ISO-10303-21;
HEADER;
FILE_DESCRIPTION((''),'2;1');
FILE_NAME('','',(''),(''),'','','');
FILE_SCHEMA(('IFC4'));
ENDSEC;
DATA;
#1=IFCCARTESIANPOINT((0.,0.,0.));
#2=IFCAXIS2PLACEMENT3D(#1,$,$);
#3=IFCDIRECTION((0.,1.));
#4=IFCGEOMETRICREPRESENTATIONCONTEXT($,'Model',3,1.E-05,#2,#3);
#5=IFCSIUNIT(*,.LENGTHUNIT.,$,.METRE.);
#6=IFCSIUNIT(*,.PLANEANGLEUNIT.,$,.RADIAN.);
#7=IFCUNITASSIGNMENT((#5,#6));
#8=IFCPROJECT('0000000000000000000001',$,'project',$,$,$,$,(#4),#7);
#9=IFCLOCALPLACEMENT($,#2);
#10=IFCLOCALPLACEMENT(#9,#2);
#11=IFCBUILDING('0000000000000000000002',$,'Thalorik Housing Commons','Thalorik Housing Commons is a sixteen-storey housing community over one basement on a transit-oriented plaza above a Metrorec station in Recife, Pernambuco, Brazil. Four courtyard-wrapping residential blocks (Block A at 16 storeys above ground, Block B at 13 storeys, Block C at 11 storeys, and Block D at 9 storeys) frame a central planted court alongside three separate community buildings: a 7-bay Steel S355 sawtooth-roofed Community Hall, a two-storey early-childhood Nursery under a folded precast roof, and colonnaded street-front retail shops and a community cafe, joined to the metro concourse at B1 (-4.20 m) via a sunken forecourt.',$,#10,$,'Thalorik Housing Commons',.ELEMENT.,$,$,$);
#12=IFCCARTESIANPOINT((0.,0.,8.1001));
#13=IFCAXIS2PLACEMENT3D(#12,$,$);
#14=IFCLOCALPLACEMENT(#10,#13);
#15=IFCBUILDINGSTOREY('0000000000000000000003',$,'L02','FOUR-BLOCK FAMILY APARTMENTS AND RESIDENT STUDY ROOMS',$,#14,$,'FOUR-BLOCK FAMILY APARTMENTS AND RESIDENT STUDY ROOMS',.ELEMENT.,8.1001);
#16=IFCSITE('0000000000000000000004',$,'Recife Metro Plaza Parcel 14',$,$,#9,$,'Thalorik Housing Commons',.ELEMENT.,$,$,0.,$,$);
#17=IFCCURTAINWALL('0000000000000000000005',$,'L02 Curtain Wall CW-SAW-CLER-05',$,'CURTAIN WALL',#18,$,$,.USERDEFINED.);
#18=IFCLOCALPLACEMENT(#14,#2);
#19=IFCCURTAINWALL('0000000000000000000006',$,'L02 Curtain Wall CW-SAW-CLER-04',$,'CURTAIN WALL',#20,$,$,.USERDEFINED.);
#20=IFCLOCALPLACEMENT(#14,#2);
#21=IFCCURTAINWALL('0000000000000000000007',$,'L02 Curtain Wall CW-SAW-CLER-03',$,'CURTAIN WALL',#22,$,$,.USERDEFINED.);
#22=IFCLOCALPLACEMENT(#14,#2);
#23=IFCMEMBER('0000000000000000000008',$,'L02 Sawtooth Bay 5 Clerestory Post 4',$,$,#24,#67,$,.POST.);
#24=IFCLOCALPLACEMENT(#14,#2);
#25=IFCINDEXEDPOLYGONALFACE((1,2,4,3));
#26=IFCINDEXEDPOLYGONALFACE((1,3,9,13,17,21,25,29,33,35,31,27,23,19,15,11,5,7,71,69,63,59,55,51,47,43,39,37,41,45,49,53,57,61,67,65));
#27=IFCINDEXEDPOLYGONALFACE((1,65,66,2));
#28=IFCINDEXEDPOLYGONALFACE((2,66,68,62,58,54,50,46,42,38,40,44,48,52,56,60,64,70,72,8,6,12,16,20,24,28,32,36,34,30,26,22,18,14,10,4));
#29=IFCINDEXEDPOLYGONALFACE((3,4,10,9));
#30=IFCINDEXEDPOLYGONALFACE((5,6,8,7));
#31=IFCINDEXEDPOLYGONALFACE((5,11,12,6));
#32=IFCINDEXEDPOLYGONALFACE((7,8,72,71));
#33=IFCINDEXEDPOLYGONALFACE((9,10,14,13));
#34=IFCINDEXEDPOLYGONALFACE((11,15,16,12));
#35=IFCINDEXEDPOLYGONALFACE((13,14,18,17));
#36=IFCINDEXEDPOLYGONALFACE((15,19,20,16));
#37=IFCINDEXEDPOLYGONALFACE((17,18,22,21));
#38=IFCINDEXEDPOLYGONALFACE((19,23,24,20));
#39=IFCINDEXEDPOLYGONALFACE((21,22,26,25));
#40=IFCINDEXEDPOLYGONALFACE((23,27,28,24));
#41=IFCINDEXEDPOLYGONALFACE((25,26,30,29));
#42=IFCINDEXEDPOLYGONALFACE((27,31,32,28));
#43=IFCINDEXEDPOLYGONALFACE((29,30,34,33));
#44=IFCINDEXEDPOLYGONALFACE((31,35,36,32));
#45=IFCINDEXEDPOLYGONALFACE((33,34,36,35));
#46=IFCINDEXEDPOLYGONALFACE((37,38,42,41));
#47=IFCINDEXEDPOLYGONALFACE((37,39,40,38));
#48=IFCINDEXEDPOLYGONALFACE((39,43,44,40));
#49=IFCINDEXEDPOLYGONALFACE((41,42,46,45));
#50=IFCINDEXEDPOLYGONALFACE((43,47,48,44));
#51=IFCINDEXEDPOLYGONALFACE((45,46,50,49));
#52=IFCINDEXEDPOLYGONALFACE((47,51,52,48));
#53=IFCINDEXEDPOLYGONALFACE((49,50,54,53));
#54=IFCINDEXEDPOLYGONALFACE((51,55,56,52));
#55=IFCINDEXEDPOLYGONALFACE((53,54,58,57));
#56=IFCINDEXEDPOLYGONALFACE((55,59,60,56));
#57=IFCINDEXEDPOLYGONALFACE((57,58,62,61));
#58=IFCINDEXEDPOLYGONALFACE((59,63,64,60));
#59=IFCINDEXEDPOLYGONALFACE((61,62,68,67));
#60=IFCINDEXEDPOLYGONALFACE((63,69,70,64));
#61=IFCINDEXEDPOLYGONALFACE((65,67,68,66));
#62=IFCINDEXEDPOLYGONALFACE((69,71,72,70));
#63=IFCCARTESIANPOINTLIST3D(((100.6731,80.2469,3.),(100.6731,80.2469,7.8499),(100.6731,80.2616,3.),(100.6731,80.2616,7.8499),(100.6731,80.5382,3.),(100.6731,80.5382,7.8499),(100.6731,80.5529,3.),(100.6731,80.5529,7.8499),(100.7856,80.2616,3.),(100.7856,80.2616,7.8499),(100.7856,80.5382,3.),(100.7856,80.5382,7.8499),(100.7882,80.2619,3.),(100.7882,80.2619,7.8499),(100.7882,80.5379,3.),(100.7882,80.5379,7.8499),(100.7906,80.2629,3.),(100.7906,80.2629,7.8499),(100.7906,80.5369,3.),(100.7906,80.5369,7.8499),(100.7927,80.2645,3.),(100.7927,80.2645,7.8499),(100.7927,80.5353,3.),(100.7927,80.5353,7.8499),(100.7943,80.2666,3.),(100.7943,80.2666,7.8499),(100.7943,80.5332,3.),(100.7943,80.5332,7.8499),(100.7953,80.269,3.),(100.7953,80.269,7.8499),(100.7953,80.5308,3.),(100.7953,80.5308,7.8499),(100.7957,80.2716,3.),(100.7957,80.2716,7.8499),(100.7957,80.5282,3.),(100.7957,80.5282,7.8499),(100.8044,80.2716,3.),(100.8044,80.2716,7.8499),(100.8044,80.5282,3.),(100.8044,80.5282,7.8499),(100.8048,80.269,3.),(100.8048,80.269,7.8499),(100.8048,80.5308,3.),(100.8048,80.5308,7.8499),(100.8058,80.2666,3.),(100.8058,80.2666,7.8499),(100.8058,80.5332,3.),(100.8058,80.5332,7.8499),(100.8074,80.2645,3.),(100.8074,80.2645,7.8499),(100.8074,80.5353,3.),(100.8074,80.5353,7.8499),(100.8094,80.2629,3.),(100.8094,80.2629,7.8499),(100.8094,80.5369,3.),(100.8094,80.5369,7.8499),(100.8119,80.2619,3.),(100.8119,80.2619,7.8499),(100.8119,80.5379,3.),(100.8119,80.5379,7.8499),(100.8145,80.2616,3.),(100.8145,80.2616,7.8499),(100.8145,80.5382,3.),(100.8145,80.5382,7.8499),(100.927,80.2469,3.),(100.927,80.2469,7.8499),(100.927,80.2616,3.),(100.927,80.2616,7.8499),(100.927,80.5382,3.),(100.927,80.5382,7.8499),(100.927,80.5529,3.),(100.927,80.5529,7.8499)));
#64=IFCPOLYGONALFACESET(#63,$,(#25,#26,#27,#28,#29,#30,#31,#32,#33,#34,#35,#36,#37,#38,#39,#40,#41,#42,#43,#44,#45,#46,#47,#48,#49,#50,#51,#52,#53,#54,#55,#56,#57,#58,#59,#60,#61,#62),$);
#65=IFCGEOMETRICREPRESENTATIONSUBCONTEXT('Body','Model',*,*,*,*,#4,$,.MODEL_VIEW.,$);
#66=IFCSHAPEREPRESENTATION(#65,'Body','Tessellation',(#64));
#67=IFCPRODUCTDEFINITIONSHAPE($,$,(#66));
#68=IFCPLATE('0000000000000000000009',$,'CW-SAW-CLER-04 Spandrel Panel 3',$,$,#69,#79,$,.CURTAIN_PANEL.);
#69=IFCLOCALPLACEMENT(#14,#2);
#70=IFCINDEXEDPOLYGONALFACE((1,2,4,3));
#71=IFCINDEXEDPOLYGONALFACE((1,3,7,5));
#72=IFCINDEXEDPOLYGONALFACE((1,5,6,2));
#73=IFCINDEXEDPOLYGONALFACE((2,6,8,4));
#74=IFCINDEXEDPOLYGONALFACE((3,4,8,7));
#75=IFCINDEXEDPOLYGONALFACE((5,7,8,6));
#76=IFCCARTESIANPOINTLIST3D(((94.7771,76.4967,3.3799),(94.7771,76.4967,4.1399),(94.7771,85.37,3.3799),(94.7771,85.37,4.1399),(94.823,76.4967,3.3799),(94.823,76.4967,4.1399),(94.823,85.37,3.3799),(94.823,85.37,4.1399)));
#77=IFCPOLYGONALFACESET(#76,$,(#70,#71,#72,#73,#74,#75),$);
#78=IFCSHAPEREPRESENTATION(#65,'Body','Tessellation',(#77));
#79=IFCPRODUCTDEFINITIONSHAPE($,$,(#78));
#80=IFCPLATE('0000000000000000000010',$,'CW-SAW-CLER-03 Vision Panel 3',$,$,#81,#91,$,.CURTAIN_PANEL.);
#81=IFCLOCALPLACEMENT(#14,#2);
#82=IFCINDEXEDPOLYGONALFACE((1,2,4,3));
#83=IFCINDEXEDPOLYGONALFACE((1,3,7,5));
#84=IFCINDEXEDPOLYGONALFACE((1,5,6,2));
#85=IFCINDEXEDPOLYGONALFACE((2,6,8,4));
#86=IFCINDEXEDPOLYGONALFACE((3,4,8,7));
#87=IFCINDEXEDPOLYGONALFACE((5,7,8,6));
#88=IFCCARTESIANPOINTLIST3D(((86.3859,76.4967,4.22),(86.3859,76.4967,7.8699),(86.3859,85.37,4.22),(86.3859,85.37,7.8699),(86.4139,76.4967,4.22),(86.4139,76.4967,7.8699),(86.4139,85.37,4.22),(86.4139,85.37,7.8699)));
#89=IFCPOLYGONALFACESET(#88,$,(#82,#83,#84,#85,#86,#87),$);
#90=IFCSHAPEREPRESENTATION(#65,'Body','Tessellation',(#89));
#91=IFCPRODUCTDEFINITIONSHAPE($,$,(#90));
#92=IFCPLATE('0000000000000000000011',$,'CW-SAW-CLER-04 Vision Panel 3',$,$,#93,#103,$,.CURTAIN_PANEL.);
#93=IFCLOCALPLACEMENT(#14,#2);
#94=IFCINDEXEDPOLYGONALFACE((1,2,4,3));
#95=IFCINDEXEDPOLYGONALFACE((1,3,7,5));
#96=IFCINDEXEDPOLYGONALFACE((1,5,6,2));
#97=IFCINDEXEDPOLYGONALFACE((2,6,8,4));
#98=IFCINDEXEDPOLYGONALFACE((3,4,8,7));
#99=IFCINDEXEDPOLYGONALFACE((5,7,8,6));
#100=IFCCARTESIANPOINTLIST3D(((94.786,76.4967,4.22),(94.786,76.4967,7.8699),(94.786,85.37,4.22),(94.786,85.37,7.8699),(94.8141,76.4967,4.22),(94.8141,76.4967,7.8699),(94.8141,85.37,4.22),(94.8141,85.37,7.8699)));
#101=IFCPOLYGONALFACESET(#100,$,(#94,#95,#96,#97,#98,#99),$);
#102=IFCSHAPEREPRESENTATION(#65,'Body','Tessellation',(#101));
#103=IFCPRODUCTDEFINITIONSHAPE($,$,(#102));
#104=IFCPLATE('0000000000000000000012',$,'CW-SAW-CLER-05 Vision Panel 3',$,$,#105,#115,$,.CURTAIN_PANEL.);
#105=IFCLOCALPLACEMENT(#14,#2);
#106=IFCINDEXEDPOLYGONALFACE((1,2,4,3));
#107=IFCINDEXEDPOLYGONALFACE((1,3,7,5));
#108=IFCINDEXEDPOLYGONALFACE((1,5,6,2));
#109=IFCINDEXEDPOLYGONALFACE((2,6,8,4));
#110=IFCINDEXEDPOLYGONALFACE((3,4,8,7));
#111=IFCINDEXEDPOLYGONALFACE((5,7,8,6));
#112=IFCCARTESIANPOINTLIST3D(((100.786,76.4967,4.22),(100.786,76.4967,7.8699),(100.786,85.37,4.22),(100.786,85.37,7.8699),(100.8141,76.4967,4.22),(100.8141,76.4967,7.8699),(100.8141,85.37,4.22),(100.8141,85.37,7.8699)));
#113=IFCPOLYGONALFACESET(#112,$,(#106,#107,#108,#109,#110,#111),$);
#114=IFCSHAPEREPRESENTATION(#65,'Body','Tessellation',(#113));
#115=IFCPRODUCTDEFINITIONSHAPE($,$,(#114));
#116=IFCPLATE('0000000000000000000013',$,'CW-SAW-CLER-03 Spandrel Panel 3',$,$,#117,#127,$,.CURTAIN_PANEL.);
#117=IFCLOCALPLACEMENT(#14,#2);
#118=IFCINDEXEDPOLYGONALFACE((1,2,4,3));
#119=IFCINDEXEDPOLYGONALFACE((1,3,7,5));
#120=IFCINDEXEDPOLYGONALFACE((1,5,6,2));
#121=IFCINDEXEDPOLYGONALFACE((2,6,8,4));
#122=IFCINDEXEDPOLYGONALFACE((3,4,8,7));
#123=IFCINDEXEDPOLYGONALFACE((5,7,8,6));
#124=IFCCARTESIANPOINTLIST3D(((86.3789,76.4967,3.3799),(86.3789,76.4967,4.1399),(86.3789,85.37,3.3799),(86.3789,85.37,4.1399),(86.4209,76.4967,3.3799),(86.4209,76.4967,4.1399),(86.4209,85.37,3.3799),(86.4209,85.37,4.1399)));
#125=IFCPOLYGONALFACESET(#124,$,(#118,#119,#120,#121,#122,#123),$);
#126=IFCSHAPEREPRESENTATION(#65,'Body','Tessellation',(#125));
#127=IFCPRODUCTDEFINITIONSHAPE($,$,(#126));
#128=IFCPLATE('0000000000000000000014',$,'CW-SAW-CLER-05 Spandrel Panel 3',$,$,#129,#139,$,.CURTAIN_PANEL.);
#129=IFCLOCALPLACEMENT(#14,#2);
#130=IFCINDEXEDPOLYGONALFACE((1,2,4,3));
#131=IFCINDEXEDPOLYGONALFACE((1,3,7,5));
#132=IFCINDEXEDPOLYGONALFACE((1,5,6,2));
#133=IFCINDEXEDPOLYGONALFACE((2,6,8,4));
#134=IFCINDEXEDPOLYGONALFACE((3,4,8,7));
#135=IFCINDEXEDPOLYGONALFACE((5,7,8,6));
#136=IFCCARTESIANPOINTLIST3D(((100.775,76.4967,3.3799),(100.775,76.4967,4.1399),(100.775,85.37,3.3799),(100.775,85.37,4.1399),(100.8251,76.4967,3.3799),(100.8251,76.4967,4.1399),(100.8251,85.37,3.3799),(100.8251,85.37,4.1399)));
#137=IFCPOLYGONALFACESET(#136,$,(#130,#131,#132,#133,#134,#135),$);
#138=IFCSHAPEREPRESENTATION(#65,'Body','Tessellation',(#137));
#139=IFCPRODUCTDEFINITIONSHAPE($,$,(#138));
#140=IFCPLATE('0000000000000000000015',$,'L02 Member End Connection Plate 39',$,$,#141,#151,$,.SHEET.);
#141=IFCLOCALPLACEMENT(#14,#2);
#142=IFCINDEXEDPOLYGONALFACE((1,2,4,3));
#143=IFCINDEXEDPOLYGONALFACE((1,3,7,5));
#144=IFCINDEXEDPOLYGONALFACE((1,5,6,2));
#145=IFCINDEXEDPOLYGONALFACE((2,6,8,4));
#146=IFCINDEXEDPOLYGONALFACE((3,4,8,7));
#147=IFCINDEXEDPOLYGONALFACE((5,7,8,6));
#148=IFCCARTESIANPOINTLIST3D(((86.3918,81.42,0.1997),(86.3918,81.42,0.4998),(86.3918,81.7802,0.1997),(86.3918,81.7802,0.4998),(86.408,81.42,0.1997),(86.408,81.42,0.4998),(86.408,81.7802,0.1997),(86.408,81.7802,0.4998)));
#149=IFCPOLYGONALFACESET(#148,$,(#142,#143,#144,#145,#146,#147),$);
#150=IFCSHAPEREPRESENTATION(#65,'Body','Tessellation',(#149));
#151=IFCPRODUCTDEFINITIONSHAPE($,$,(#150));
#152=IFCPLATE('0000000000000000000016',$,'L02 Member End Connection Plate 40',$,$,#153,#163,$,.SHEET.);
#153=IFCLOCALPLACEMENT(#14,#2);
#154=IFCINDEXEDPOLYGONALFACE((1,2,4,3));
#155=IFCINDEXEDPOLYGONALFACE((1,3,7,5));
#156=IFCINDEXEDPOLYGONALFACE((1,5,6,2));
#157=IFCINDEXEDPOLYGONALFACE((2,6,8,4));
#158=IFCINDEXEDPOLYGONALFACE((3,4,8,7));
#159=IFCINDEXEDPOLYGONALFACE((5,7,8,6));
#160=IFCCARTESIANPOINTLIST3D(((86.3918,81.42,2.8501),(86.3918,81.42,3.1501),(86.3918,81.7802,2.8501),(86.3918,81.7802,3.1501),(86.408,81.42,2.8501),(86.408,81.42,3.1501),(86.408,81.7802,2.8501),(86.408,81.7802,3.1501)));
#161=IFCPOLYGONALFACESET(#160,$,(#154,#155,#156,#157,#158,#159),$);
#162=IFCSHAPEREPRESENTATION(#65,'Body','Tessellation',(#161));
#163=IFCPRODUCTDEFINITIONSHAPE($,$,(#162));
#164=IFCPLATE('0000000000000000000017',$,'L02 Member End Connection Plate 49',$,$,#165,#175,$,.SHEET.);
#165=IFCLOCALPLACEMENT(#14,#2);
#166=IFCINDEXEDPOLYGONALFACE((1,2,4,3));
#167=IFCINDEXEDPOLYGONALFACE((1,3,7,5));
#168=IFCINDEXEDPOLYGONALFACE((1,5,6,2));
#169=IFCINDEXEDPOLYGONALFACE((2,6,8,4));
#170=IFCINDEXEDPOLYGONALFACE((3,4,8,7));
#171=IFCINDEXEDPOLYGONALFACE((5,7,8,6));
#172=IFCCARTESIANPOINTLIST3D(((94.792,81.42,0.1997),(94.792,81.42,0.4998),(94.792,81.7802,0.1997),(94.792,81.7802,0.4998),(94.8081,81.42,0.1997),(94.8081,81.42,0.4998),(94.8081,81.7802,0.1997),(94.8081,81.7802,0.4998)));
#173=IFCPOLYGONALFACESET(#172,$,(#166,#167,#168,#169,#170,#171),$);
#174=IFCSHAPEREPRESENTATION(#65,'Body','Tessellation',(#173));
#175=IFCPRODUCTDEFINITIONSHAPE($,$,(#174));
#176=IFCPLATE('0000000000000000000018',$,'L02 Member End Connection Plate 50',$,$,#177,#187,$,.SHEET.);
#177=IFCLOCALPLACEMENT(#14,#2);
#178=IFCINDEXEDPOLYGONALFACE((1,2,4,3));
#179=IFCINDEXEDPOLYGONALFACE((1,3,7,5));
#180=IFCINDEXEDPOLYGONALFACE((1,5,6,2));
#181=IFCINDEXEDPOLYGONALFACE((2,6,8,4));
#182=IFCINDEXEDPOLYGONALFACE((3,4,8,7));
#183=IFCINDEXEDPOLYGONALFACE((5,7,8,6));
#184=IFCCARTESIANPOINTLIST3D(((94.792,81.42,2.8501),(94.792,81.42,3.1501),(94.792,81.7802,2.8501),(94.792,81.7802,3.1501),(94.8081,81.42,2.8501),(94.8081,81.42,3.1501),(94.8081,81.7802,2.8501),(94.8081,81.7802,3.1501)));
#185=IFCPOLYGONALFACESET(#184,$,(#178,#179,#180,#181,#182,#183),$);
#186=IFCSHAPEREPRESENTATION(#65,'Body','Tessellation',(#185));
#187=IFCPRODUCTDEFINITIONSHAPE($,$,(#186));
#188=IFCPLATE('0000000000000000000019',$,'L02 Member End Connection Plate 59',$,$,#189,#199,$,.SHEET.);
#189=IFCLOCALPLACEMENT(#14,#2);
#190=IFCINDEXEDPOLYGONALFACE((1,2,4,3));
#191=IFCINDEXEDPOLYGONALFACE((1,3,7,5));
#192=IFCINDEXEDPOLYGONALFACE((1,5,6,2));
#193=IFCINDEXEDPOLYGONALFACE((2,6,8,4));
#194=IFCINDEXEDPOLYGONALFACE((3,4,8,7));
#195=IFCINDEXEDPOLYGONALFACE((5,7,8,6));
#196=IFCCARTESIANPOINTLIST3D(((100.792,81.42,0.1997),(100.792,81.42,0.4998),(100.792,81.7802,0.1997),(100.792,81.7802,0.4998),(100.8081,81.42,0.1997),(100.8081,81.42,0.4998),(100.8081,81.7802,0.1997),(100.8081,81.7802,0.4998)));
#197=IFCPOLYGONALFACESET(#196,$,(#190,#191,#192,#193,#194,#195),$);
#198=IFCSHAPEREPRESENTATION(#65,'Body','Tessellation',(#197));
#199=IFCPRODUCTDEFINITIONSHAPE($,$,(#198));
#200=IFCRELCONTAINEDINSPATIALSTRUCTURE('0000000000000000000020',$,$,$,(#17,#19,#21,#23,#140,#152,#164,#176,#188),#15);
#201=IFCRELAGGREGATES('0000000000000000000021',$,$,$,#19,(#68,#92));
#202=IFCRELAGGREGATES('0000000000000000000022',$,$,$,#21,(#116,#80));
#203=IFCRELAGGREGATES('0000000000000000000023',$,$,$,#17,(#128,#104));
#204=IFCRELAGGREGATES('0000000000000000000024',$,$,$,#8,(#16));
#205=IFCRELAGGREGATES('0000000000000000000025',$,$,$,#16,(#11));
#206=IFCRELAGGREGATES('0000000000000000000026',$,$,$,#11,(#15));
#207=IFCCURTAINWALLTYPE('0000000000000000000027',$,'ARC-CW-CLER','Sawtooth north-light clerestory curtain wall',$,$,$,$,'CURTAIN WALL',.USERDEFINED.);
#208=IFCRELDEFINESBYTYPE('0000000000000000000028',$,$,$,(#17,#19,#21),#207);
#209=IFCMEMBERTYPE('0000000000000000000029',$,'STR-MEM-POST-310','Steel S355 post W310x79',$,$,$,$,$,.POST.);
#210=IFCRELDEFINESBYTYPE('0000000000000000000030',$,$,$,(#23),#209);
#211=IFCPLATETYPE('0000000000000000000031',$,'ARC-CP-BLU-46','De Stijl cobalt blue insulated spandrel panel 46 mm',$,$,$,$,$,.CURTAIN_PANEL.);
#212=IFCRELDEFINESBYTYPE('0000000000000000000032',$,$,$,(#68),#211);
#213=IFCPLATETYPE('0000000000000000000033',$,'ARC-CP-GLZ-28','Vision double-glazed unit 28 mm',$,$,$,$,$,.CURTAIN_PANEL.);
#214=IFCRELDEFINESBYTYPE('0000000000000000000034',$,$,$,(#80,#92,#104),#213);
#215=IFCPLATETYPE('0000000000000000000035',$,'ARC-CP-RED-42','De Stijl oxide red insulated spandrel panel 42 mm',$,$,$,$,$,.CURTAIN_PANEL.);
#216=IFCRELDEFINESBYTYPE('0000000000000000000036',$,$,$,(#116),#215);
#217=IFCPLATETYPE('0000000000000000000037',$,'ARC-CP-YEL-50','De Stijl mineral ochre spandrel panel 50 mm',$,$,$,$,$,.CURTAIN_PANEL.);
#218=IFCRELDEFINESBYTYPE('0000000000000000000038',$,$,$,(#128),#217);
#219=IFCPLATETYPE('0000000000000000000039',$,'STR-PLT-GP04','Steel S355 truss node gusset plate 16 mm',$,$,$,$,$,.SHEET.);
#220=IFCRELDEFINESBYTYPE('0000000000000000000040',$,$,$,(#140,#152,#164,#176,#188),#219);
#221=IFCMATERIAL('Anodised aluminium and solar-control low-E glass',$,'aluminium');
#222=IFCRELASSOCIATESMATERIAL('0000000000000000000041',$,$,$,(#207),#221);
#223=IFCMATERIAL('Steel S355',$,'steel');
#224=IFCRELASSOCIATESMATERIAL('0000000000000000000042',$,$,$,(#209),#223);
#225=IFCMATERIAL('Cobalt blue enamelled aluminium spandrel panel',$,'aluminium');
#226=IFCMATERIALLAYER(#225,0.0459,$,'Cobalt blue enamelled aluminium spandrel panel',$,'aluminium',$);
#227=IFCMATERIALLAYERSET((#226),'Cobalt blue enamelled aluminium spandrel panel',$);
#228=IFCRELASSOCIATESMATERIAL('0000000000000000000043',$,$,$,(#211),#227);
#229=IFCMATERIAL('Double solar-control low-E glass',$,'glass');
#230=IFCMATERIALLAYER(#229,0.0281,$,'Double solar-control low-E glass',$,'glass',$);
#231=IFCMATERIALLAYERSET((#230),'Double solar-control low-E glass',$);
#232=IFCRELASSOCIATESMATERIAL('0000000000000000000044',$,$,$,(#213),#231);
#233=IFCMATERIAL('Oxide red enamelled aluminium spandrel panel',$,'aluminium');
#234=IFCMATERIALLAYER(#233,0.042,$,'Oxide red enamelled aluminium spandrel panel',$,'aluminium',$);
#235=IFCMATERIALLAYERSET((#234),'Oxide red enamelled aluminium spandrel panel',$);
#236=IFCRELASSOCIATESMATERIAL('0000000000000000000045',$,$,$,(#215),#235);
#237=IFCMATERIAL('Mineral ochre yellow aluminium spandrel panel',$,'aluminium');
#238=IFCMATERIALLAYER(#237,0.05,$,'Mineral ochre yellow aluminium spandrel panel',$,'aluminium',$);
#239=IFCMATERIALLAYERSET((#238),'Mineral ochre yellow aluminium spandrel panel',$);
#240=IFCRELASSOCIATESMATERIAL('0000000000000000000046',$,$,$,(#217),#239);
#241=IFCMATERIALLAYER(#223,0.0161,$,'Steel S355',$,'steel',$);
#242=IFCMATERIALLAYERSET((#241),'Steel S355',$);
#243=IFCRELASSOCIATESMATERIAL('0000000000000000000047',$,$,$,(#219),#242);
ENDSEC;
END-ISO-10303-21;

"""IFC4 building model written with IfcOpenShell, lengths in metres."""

from ifc_helpers import new_model, si_unit, direction, frame, origin, origin_2d, place, context, subcontext, project, spatial, rectangle, i_section, extrude, material, layer, layer_set, material_profile, profile_set, type_object, element, aggregate, save


model = new_model("IFC4")

# Units and contexts
model_context = context("Model", 3, precision=1e-05, world=origin(), true_north=direction((0.0, 1.0)))
body_context = subcontext(model_context, "Body", "Model", "MODEL_VIEW")
ifc_project = project(units=[si_unit("LENGTHUNIT", "METRE"), si_unit("PLANEANGLEUNIT", "RADIAN")], contexts=[model_context])

# Site, building, storey
site_placement = place(None, origin())
site = spatial("IfcSite", under=ifc_project, at=site_placement, Name="Recife Metro Plaza Parcel 14", LongName="Thalorik Housing Commons", CompositionType="ELEMENT", RefElevation=0.0)
building_placement = place(site_placement, origin())
building = spatial("IfcBuilding", under=site, at=building_placement, Name="Thalorik Housing Commons", Description="Thalorik Housing Commons is a sixteen-storey housing community over one basement on a transit-oriented plaza above a Metrorec station in Recife, Pernambuco, Brazil. Four courtyard-wrapping residential blocks (Block A at 16 storeys above ground, Block B at 13 storeys, Block C at 11 storeys, and Block D at 9 storeys) frame a central planted court alongside three separate community buildings: a 7-bay Steel S355 sawtooth-roofed Community Hall, a two-storey early-childhood Nursery under a folded precast roof, and colonnaded street-front retail shops and a community cafe, joined to the metro concourse at B1 (-4.20 m) via a sunken forecourt.", LongName="Thalorik Housing Commons", CompositionType="ELEMENT")
storey_placement = place(building_placement, frame((0.0, 0.0, 8.1001)))
storey = spatial("IfcBuildingStorey", under=building, at=storey_placement, Name="L02", Description="FOUR-BLOCK FAMILY APARTMENTS AND RESIDENT STUDY ROOMS", LongName="FOUR-BLOCK FAMILY APARTMENTS AND RESIDENT STUDY ROOMS", CompositionType="ELEMENT", Elevation=8.1001)

# Curtain walls
ifc_material_1 = material(Name="Anodised aluminium and solar-control low-E glass", Category="aluminium")
curtain_wall_type = type_object("IfcCurtainWallType", Name="ARC-CW-CLER", Description="Sawtooth north-light clerestory curtain wall", ElementType="CURTAIN WALL", PredefinedType="USERDEFINED", material=ifc_material_1)
curtain_wall_1_placement = place(storey_placement, origin())
curtain_wall_1 = element("IfcCurtainWall", 1, at=curtain_wall_1_placement, inside=storey, type_object=curtain_wall_type, Name="L02 Curtain Wall CW-SAW-CLER-05", ObjectType="CURTAIN WALL", PredefinedType="USERDEFINED")
curtain_wall_2_placement = place(storey_placement, origin())
curtain_wall_2 = element("IfcCurtainWall", 2, at=curtain_wall_2_placement, inside=storey, type_object=curtain_wall_type, Name="L02 Curtain Wall CW-SAW-CLER-04", ObjectType="CURTAIN WALL", PredefinedType="USERDEFINED")
curtain_wall_3_placement = place(storey_placement, origin())
curtain_wall_3 = element("IfcCurtainWall", 3, at=curtain_wall_3_placement, inside=storey, type_object=curtain_wall_type, Name="L02 Curtain Wall CW-SAW-CLER-03", ObjectType="CURTAIN WALL", PredefinedType="USERDEFINED")

# Shared definitions
ifc_material_2 = material(Name="Steel S355", Category="steel")

# Member
ifc_material_profile_1 = material_profile(ifc_material_2, i_section(OverallWidth=0.2539, OverallDepth=0.3059, WebThickness=0.0088, FlangeThickness=0.0146, FilletRadius=0.01, at=origin_2d()), Name="W310x79", Category="steel")
ifc_profile_set_1 = profile_set([ifc_material_profile_1], Name="Steel S355")
member_type_1 = type_object("IfcMemberType", Name="STR-MEM-POST-310", Description="Steel S355 post W310x79", PredefinedType="POST", material=ifc_profile_set_1)
for number, where, z_axis, x_axis, name in (
    (4, (100.8, 80.3999, 3.0), (0.0, 0.0, 1.0), (1.0, 0.0, 0.0), "L02 Sawtooth Bay 5 Clerestory Post 4"),
):
    element("IfcMember", number, at=place(storey_placement, frame(where, z_axis=z_axis, x_axis=x_axis)), inside=storey, type_object=member_type_1, Name=name, PredefinedType="POST", context=body_context, shape_type="SweptSolid", body=[
        extrude(i_section(OverallWidth=0.2539, OverallDepth=0.3059, WebThickness=0.0088, FlangeThickness=0.0146, FilletRadius=0.01, at=origin_2d()), origin(), (0.0, 0.0, 1.0), 4.8499),
    ])

# Plates
ifc_material_3 = material(Name="Cobalt blue enamelled aluminium spandrel panel", Category="aluminium")
ifc_layer_1 = layer(ifc_material_3, 0.0459, Name="Cobalt blue enamelled aluminium spandrel panel", Category="aluminium")
ifc_layer_set_1 = layer_set([ifc_layer_1], Name="Cobalt blue enamelled aluminium spandrel panel")
plate_type_1 = type_object("IfcPlateType", Name="ARC-CP-BLU-46", Description="De Stijl cobalt blue insulated spandrel panel 46 mm", PredefinedType="CURTAIN_PANEL", material=ifc_layer_set_1)
plate_1_placement = place(storey_placement, frame((94.8, 80.9333, 3.3799), z_axis=(0.0, 0.0, 1.0), x_axis=(0.0, 1.0, 0.0)))
plate_1 = element("IfcPlate", 5, at=plate_1_placement, type_object=plate_type_1, Name="CW-SAW-CLER-04 Spandrel Panel 3", PredefinedType="CURTAIN_PANEL", context=body_context, shape_type="SweptSolid", body=[
    extrude(rectangle(XDim=8.8733, YDim=0.0459, at=origin_2d()), origin(), (0.0, 0.0, 1.0), 0.76),
])
ifc_material_4 = material(Name="Double solar-control low-E glass", Category="glass")
ifc_layer_2 = layer(ifc_material_4, 0.0281, Name="Double solar-control low-E glass", Category="glass")
ifc_layer_set_2 = layer_set([ifc_layer_2], Name="Double solar-control low-E glass")
plate_type_2 = type_object("IfcPlateType", Name="ARC-CP-GLZ-28", Description="Vision double-glazed unit 28 mm", PredefinedType="CURTAIN_PANEL", material=ifc_layer_set_2)
plate_2_placement = place(storey_placement, frame((86.3999, 80.9333, 4.22), z_axis=(0.0, 0.0, 1.0), x_axis=(0.0, 1.0, 0.0)))
plate_2 = element("IfcPlate", 6, at=plate_2_placement, type_object=plate_type_2, Name="CW-SAW-CLER-03 Vision Panel 3", PredefinedType="CURTAIN_PANEL", context=body_context, shape_type="SweptSolid", body=[
    extrude(rectangle(XDim=8.8733, YDim=0.0281, at=origin_2d()), origin(), (0.0, 0.0, 1.0), 3.6499),
])
plate_3_placement = place(storey_placement, frame((94.8, 80.9333, 4.22), z_axis=(0.0, 0.0, 1.0), x_axis=(0.0, 1.0, 0.0)))
plate_3 = element("IfcPlate", 7, at=plate_3_placement, type_object=plate_type_2, Name="CW-SAW-CLER-04 Vision Panel 3", PredefinedType="CURTAIN_PANEL", context=body_context, shape_type="SweptSolid", body=[
    extrude(rectangle(XDim=8.8733, YDim=0.0281, at=origin_2d()), origin(), (0.0, 0.0, 1.0), 3.6499),
])
aggregate(curtain_wall_2, [plate_1, plate_3])
plate_4_placement = place(storey_placement, frame((100.8, 80.9333, 4.22), z_axis=(0.0, 0.0, 1.0), x_axis=(0.0, 1.0, 0.0)))
plate_4 = element("IfcPlate", 8, at=plate_4_placement, type_object=plate_type_2, Name="CW-SAW-CLER-05 Vision Panel 3", PredefinedType="CURTAIN_PANEL", context=body_context, shape_type="SweptSolid", body=[
    extrude(rectangle(XDim=8.8733, YDim=0.0281, at=origin_2d()), origin(), (0.0, 0.0, 1.0), 3.6499),
])
ifc_material_5 = material(Name="Oxide red enamelled aluminium spandrel panel", Category="aluminium")
ifc_layer_3 = layer(ifc_material_5, 0.042, Name="Oxide red enamelled aluminium spandrel panel", Category="aluminium")
ifc_layer_set_3 = layer_set([ifc_layer_3], Name="Oxide red enamelled aluminium spandrel panel")
plate_type_3 = type_object("IfcPlateType", Name="ARC-CP-RED-42", Description="De Stijl oxide red insulated spandrel panel 42 mm", PredefinedType="CURTAIN_PANEL", material=ifc_layer_set_3)
plate_5_placement = place(storey_placement, frame((86.3999, 80.9333, 3.3799), z_axis=(0.0, 0.0, 1.0), x_axis=(0.0, 1.0, 0.0)))
plate_5 = element("IfcPlate", 9, at=plate_5_placement, type_object=plate_type_3, Name="CW-SAW-CLER-03 Spandrel Panel 3", PredefinedType="CURTAIN_PANEL", context=body_context, shape_type="SweptSolid", body=[
    extrude(rectangle(XDim=8.8733, YDim=0.042, at=origin_2d()), origin(), (0.0, 0.0, 1.0), 0.76),
])
aggregate(curtain_wall_3, [plate_5, plate_2])
ifc_material_6 = material(Name="Mineral ochre yellow aluminium spandrel panel", Category="aluminium")
ifc_layer_4 = layer(ifc_material_6, 0.05, Name="Mineral ochre yellow aluminium spandrel panel", Category="aluminium")
ifc_layer_set_4 = layer_set([ifc_layer_4], Name="Mineral ochre yellow aluminium spandrel panel")
plate_type_4 = type_object("IfcPlateType", Name="ARC-CP-YEL-50", Description="De Stijl mineral ochre spandrel panel 50 mm", PredefinedType="CURTAIN_PANEL", material=ifc_layer_set_4)
plate_6_placement = place(storey_placement, frame((100.8, 80.9333, 3.3799), z_axis=(0.0, 0.0, 1.0), x_axis=(0.0, 1.0, 0.0)))
plate_6 = element("IfcPlate", 10, at=plate_6_placement, type_object=plate_type_4, Name="CW-SAW-CLER-05 Spandrel Panel 3", PredefinedType="CURTAIN_PANEL", context=body_context, shape_type="SweptSolid", body=[
    extrude(rectangle(XDim=8.8733, YDim=0.05, at=origin_2d()), origin(), (0.0, 0.0, 1.0), 0.76),
])
aggregate(curtain_wall_1, [plate_6, plate_4])

# Plates
ifc_layer_5 = layer(ifc_material_2, 0.0161, Name="Steel S355", Category="steel")
ifc_layer_set_5 = layer_set([ifc_layer_5], Name="Steel S355")
plate_type_5 = type_object("IfcPlateType", Name="STR-PLT-GP04", Description="Steel S355 truss node gusset plate 16 mm", PredefinedType="SHEET", material=ifc_layer_set_5)
for number, where, z_axis, x_axis, name in (
    (11, (86.3999, 81.6001, 0.1997), (0.0, 0.0, 1.0), (1.0, 0.0, 0.0), "L02 Member End Connection Plate 39"),
    (12, (86.3999, 81.6001, 2.8501), (0.0, 0.0, 1.0), (1.0, 0.0, 0.0), "L02 Member End Connection Plate 40"),
    (13, (94.8, 81.6001, 0.1997), (0.0, 0.0, 1.0), (1.0, 0.0, 0.0), "L02 Member End Connection Plate 49"),
    (14, (94.8, 81.6001, 2.8501), (0.0, 0.0, 1.0), (1.0, 0.0, 0.0), "L02 Member End Connection Plate 50"),
    (15, (100.8, 81.6001, 0.1997), (0.0, 0.0, 1.0), (1.0, 0.0, 0.0), "L02 Member End Connection Plate 59"),
):
    element("IfcPlate", number, at=place(storey_placement, frame(where, z_axis=z_axis, x_axis=x_axis)), inside=storey, type_object=plate_type_5, Name=name, PredefinedType="SHEET", context=body_context, shape_type="SweptSolid", body=[
        extrude(rectangle(XDim=0.0161, YDim=0.3601, at=origin_2d()), origin(), (0.0, 0.0, 1.0), 0.3),
    ])

save(model, "model.ifc")
